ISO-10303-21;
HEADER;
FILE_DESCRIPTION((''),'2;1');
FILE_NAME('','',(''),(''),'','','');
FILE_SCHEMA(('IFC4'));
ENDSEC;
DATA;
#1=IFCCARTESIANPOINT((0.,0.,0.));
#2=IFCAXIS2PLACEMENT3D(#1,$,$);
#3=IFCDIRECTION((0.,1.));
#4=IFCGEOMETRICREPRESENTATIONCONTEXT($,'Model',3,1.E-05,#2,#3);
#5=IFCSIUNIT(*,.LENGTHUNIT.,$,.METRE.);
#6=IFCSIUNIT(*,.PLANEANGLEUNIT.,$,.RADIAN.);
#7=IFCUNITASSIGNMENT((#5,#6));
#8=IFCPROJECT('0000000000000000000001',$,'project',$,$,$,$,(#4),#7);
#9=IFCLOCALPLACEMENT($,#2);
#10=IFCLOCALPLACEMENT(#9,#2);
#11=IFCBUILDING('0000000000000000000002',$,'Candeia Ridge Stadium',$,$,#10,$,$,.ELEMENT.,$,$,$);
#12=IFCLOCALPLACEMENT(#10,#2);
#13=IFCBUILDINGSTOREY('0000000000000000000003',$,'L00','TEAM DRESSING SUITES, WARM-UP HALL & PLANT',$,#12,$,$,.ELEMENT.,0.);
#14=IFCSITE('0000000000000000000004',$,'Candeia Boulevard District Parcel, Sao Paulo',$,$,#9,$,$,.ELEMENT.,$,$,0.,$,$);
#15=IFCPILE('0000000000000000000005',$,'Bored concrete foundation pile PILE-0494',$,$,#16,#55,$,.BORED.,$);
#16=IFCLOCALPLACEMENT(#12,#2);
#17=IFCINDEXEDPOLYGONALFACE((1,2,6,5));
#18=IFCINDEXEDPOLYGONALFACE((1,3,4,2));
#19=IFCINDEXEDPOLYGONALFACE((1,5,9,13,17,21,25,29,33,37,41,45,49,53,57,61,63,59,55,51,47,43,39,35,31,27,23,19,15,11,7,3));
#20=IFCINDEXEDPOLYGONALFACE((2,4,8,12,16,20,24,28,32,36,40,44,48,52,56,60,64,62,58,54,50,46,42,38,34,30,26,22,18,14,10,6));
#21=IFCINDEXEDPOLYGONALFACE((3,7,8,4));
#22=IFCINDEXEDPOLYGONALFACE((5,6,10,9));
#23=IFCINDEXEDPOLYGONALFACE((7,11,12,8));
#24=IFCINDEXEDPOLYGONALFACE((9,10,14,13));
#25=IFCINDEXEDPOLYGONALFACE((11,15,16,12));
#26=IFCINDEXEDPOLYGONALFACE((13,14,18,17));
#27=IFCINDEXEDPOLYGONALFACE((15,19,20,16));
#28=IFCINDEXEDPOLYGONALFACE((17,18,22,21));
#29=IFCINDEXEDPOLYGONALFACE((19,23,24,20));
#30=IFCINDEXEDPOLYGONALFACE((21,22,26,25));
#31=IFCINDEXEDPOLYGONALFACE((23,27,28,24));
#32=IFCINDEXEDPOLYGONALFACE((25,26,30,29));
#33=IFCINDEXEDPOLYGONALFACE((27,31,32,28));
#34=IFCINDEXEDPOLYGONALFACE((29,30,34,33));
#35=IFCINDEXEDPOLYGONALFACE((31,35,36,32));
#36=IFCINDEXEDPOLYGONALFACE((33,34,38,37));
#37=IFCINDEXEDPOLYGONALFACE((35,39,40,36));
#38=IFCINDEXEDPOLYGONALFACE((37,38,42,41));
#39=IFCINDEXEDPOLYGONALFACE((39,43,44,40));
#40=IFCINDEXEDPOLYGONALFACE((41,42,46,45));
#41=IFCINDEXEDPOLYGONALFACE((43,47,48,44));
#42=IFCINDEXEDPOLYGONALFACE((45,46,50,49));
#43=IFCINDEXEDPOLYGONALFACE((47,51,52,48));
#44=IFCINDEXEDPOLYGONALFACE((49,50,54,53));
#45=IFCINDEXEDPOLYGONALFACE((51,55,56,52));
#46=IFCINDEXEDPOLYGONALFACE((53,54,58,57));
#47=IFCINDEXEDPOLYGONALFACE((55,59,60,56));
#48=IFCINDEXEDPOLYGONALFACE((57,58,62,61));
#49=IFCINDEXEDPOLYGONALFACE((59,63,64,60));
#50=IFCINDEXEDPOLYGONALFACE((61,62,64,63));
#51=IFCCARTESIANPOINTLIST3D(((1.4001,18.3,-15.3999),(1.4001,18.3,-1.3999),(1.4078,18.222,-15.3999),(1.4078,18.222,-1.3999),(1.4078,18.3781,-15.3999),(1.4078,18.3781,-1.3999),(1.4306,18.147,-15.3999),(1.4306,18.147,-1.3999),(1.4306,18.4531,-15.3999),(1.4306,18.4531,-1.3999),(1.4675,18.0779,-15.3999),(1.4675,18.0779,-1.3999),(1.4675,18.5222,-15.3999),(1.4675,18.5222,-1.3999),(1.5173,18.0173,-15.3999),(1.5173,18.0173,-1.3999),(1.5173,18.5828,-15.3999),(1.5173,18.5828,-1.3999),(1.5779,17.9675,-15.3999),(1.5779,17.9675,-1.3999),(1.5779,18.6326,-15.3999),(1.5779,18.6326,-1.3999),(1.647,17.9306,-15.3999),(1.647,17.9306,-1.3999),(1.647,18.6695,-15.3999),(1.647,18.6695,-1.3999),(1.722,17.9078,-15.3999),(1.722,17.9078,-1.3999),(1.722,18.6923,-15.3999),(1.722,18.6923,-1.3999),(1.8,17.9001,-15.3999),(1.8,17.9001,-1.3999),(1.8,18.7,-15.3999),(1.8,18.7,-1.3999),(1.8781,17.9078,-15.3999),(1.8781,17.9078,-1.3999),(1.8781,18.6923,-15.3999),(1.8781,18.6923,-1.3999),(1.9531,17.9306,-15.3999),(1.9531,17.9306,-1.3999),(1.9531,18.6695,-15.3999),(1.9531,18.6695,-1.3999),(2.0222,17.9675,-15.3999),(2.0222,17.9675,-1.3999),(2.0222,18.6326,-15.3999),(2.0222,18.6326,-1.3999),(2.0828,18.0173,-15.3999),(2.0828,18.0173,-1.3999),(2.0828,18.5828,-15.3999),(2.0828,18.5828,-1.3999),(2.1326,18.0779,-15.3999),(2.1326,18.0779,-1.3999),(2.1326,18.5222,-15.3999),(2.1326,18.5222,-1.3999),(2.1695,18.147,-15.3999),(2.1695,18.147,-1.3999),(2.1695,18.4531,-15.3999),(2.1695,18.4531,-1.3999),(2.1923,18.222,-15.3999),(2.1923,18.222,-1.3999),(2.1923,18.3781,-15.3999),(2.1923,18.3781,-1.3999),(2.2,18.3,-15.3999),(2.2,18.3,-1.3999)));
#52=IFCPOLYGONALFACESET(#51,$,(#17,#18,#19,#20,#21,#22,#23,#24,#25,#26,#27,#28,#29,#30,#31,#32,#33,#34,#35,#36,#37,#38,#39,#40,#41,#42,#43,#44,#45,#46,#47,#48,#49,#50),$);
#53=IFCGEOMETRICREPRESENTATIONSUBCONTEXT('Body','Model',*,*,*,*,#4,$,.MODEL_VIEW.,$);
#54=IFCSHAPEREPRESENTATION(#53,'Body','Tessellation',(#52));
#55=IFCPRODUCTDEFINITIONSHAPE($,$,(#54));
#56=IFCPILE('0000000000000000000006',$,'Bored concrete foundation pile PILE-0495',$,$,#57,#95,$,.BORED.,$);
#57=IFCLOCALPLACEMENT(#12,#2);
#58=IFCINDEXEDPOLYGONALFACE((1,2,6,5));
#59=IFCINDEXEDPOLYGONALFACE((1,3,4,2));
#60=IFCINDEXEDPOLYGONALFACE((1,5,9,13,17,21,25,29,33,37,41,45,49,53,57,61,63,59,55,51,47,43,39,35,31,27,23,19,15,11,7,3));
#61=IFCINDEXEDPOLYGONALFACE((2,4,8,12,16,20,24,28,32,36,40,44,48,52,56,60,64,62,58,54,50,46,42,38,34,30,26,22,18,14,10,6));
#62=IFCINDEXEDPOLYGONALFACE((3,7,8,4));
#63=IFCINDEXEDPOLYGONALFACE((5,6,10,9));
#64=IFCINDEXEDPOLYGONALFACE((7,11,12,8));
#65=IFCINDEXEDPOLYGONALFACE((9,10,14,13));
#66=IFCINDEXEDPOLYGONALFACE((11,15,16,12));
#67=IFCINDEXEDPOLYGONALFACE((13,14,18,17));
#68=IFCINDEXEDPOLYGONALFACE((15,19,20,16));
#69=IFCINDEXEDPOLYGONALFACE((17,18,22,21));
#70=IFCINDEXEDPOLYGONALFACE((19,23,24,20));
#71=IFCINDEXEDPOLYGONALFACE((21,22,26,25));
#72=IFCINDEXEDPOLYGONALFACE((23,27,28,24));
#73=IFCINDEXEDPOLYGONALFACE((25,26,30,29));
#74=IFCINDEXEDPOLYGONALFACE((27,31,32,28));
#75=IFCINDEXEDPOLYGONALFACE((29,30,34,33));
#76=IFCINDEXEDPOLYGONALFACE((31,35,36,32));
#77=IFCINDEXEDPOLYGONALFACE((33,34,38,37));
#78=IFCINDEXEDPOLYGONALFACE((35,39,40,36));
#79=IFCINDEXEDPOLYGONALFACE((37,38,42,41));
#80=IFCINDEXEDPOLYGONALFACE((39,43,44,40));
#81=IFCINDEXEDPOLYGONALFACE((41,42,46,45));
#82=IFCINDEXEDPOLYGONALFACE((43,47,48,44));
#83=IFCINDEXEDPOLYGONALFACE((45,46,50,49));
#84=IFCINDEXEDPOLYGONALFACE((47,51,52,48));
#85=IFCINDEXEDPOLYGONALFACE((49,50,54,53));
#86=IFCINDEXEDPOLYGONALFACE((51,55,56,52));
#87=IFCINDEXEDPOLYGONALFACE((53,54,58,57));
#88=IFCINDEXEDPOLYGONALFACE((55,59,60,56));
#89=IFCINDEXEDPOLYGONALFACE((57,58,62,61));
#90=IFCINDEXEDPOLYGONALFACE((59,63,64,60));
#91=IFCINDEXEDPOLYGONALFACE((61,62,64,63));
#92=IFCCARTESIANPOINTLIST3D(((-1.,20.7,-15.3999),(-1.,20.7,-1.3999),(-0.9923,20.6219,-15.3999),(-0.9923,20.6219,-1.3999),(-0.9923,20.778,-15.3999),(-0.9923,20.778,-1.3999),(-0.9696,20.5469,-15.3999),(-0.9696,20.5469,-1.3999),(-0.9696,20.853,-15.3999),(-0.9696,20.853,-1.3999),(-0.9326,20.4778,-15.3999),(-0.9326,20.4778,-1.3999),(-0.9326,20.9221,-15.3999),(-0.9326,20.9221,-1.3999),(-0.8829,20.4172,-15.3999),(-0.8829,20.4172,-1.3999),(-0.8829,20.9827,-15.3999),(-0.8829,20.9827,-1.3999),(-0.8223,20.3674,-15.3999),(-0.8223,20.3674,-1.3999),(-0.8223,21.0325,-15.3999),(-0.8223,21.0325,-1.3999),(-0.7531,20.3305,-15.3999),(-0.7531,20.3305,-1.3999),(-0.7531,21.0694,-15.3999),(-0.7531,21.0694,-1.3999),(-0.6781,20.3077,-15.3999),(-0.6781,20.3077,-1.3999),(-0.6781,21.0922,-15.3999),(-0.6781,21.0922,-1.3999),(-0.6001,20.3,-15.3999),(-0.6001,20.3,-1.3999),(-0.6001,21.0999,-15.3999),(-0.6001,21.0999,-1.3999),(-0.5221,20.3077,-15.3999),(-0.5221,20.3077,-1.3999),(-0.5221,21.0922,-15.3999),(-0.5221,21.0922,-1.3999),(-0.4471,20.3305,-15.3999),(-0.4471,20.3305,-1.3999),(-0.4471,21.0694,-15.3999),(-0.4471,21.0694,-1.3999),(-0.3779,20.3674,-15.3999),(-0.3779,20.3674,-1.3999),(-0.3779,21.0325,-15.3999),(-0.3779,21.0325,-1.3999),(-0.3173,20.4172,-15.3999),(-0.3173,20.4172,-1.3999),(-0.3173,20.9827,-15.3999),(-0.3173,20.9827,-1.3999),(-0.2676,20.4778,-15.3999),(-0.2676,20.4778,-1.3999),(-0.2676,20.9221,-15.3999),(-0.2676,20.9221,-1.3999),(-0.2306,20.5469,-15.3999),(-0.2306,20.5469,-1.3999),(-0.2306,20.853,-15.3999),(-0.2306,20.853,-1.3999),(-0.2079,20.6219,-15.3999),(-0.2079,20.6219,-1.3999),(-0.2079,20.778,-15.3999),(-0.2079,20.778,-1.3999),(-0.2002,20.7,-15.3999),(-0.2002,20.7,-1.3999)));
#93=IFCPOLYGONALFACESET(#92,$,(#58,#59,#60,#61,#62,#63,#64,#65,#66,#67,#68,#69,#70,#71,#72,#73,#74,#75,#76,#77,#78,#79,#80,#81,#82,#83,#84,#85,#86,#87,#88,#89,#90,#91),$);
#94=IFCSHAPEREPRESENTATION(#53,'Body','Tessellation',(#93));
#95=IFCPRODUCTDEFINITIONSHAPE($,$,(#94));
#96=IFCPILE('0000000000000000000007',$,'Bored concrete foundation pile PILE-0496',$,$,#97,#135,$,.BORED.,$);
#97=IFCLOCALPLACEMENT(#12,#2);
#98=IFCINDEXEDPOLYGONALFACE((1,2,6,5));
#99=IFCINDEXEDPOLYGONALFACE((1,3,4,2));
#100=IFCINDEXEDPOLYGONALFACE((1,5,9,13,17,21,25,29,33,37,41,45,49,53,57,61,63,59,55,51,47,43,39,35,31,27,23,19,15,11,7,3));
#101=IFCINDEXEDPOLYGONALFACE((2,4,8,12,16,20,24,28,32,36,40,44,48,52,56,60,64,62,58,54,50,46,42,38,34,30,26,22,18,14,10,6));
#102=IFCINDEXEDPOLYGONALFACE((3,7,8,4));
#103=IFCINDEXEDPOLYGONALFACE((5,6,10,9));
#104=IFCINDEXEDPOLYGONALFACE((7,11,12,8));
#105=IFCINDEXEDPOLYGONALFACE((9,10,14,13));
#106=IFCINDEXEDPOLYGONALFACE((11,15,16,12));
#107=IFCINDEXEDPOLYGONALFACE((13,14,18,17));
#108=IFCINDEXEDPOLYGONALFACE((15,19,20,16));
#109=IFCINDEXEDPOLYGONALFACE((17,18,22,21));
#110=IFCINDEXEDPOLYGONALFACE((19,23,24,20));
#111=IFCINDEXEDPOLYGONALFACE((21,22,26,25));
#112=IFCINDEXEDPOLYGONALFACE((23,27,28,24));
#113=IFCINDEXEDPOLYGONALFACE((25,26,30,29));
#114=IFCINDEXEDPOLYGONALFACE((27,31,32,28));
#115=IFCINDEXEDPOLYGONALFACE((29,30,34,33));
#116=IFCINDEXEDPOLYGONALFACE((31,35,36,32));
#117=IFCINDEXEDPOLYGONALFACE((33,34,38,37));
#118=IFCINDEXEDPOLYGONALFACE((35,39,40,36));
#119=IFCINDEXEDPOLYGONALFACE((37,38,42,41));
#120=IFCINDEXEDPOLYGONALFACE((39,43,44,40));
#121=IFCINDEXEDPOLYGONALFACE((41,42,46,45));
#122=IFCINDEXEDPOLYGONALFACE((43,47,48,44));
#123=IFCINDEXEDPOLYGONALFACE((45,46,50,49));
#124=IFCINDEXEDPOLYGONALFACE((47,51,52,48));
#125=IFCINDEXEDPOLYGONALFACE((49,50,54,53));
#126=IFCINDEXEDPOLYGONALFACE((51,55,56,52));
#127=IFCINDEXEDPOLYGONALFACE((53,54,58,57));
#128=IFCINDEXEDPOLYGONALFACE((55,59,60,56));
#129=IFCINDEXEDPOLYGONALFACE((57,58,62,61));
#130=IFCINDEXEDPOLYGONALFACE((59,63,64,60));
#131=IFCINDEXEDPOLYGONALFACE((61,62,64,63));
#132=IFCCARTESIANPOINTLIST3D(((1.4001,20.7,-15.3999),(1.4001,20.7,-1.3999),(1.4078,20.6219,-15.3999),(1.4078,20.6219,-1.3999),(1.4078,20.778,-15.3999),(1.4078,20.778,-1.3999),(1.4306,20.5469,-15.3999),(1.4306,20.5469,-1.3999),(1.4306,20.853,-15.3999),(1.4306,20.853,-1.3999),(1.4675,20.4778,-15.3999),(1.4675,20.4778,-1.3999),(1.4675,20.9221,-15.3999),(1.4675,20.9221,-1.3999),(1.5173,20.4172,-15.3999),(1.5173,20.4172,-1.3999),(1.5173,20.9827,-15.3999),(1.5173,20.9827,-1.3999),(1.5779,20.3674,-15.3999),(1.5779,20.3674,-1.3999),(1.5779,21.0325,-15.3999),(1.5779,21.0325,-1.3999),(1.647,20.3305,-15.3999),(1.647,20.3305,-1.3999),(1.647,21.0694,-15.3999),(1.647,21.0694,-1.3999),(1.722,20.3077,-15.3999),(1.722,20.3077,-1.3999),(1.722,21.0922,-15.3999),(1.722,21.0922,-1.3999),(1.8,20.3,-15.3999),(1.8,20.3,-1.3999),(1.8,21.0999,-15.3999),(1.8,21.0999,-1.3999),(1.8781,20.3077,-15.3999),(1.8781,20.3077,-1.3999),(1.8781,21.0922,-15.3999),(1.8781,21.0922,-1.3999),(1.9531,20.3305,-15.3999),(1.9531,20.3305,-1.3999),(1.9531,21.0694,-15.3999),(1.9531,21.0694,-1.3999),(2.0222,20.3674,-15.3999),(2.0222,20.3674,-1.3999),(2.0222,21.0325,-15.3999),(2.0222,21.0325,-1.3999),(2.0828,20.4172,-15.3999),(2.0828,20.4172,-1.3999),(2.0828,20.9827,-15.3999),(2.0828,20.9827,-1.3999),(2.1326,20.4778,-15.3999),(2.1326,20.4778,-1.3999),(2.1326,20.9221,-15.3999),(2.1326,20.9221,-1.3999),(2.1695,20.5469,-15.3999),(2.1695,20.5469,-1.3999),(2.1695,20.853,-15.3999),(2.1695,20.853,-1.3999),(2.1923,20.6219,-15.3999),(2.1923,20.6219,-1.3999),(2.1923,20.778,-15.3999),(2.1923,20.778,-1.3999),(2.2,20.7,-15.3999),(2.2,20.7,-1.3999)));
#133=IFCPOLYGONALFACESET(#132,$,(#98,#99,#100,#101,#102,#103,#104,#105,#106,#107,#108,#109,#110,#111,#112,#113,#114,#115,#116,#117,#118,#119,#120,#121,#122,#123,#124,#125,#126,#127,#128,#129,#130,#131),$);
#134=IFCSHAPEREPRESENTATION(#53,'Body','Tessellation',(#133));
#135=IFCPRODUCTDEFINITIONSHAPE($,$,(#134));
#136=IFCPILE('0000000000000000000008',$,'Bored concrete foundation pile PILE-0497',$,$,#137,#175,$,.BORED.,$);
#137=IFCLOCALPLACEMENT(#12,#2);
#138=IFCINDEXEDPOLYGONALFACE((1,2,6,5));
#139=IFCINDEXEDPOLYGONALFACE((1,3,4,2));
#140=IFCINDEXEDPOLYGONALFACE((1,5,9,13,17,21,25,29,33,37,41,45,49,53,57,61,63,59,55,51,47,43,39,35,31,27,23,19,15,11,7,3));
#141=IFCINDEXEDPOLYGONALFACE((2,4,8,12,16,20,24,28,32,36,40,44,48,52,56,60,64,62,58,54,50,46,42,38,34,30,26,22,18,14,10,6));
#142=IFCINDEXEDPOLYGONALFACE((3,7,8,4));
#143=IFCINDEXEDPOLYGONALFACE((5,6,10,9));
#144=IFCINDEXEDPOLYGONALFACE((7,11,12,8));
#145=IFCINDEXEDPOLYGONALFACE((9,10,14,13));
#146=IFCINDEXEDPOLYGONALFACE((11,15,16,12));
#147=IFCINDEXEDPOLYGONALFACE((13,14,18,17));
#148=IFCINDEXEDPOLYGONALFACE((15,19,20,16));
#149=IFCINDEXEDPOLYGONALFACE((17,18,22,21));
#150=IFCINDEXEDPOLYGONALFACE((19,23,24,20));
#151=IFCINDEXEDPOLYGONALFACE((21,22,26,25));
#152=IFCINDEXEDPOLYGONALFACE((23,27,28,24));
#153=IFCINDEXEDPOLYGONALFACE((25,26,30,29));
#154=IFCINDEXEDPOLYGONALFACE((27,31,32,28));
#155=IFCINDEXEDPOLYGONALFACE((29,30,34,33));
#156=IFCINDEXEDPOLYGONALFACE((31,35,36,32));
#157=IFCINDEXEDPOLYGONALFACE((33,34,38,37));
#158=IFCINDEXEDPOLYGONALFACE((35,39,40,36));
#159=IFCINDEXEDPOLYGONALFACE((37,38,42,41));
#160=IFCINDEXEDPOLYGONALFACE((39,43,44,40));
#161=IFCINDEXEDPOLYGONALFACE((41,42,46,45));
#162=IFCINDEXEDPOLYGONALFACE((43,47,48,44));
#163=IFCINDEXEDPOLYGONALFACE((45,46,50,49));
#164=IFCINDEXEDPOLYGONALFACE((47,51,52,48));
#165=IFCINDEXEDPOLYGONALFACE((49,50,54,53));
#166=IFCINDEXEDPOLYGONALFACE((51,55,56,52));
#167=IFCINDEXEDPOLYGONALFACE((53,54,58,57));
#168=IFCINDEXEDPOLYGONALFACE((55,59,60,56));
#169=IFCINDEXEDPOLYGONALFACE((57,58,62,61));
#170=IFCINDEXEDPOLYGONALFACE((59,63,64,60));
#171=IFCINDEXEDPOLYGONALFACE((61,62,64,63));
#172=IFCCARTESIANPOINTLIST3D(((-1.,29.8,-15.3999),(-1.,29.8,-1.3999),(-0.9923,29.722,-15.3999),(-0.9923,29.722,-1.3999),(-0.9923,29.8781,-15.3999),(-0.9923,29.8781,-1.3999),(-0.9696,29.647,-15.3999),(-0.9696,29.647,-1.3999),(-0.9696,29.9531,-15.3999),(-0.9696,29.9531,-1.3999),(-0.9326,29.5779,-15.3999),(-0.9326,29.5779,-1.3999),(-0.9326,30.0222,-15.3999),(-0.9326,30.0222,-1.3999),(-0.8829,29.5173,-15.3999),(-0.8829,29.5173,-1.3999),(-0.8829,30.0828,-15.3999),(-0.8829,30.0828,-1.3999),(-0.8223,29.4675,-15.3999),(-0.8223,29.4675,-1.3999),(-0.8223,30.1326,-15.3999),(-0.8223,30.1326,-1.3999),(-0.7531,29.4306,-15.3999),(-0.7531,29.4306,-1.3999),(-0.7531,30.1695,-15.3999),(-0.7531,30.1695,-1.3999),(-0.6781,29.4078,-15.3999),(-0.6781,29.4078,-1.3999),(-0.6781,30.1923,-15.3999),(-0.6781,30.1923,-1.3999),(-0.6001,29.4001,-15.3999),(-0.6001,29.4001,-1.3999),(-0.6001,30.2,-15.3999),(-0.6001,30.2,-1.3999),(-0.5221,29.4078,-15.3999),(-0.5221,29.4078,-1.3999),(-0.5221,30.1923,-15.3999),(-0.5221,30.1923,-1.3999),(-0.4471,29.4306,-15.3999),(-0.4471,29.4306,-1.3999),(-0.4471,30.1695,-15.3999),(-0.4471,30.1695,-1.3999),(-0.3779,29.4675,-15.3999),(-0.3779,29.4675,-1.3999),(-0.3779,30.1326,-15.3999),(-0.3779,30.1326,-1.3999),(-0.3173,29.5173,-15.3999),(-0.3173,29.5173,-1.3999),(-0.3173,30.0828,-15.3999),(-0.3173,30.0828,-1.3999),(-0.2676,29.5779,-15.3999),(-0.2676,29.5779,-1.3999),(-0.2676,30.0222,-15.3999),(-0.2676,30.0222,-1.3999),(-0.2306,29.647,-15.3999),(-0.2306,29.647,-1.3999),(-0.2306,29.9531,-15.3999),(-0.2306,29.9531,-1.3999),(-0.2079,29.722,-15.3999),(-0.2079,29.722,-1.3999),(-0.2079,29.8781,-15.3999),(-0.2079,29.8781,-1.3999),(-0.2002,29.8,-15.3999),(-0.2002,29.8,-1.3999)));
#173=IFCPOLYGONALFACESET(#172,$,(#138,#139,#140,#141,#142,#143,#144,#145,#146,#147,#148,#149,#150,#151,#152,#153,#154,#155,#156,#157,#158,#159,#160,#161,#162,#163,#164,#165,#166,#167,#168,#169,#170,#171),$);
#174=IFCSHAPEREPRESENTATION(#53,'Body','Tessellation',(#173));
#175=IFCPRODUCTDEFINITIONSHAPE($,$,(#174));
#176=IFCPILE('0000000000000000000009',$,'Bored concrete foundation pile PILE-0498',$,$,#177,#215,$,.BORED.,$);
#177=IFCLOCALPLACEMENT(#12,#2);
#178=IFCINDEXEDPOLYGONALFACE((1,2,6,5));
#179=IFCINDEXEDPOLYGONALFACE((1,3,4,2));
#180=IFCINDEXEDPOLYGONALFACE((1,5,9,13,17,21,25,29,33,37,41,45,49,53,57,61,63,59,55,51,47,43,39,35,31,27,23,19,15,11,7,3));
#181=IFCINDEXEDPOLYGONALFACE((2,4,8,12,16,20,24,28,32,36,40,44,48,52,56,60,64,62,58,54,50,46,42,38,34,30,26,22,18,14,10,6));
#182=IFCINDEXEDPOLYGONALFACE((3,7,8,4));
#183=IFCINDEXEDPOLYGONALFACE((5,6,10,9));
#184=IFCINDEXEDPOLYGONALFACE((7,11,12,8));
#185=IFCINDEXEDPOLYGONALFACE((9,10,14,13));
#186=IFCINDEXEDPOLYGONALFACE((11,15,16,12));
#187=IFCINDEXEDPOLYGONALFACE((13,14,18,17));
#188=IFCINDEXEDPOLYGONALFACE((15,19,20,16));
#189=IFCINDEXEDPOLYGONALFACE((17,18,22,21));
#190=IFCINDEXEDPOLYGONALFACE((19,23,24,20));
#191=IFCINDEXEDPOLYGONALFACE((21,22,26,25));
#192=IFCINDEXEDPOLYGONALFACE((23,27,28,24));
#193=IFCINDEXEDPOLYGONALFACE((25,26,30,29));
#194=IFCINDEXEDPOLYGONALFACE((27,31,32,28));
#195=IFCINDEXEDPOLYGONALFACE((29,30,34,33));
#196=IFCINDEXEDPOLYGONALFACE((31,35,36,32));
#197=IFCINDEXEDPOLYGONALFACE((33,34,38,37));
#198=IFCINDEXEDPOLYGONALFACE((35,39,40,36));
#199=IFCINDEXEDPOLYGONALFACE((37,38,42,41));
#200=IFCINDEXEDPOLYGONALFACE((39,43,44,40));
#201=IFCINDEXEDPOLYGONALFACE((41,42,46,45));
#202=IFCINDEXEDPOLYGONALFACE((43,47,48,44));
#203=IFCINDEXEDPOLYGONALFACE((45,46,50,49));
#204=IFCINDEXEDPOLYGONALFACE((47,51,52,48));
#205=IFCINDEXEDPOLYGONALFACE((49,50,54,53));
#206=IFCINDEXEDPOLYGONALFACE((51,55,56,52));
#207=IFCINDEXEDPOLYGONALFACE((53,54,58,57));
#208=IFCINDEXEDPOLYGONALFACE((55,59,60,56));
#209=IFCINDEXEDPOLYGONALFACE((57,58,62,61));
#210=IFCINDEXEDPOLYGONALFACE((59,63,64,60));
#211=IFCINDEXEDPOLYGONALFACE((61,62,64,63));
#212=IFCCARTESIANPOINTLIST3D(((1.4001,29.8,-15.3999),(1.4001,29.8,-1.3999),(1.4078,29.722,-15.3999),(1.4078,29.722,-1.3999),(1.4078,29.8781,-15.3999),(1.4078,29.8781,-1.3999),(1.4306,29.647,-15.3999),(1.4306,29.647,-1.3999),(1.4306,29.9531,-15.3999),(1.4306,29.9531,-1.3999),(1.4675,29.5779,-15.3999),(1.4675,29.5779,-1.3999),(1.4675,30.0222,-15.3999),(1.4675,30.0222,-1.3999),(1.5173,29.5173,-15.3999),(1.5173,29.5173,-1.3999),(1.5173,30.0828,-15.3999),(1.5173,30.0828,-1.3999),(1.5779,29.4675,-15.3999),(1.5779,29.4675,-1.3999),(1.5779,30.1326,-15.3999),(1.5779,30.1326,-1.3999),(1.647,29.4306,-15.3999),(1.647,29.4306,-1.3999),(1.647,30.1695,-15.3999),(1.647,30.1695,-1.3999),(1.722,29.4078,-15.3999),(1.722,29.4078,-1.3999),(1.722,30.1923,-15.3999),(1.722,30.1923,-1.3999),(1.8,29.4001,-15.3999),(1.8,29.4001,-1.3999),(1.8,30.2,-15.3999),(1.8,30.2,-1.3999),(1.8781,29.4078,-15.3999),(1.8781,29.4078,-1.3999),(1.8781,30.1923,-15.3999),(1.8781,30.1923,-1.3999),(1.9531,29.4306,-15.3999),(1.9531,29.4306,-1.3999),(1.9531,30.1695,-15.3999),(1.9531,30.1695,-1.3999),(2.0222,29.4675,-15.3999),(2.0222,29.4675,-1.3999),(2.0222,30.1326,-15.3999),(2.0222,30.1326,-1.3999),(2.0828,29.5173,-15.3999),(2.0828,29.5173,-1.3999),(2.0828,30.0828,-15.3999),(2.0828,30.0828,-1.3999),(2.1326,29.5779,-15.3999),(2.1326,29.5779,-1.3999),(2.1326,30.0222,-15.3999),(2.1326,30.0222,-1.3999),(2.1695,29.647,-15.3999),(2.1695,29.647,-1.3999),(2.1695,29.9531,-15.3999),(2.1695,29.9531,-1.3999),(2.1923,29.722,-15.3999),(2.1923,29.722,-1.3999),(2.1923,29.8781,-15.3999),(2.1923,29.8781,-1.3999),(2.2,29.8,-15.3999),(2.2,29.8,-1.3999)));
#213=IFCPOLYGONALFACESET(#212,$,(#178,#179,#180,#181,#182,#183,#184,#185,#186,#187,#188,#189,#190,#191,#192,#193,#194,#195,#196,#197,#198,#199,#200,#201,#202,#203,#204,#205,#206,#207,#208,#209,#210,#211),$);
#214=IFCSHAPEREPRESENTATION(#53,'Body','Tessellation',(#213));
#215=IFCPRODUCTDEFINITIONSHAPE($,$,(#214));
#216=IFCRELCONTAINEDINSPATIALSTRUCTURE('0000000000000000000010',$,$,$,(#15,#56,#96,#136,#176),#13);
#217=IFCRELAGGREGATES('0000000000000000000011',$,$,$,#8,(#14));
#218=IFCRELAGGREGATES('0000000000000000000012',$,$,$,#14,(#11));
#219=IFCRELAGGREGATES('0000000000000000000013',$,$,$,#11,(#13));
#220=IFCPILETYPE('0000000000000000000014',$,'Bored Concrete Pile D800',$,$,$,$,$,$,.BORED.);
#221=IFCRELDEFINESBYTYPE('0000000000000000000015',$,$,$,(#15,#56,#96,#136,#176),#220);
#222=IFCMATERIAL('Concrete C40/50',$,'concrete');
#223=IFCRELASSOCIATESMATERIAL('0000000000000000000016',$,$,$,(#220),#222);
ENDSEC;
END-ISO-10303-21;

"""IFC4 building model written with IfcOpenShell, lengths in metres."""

from ifc_helpers import new_model, si_unit, direction, frame, origin, origin_2d, place, context, subcontext, project, spatial, circle, extrude, material, material_profile, profile_set, type_object, element, save


model = new_model("IFC4")

# Units and contexts
model_context = context("Model", 3, precision=1e-05, world=origin(), true_north=direction((0.0, 1.0)))
body_context = subcontext(model_context, "Body", "Model", "MODEL_VIEW")
ifc_project = project(units=[si_unit("LENGTHUNIT", "METRE"), si_unit("PLANEANGLEUNIT", "RADIAN")], contexts=[model_context])

# Site, building, storey
site_placement = place(None, origin())
site = spatial("IfcSite", under=ifc_project, at=site_placement, Name="Candeia Boulevard District Parcel, Sao Paulo", CompositionType="ELEMENT", RefElevation=0.0)
building_placement = place(site_placement, origin())
building = spatial("IfcBuilding", under=site, at=building_placement, Name="Candeia Ridge Stadium", CompositionType="ELEMENT")
storey_placement = place(building_placement, origin())
storey = spatial("IfcBuildingStorey", under=building, at=storey_placement, Name="L00", Description="TEAM DRESSING SUITES, WARM-UP HALL & PLANT", CompositionType="ELEMENT", Elevation=0.0)

# Piles
ifc_material_1 = material(Name="Concrete C40/50", Category="concrete")
ifc_material_profile_1 = material_profile(ifc_material_1, circle(Radius=0.3999, at=origin_2d()), Name="PILE-D800", Category="concrete")
ifc_profile_set_1 = profile_set([ifc_material_profile_1], Name="Concrete C40/50")
pile_type = type_object("IfcPileType", Name="Bored Concrete Pile D800", PredefinedType="BORED", material=ifc_profile_set_1)
for number, where, z_axis, x_axis, name in (
    (1, (1.8, 18.3, -1.3999), (0.0, 0.0, -1.0), (1.0, 0.0, 0.0), "Bored concrete foundation pile PILE-0494"),
    (2, (-0.6001, 20.7, -1.3999), (0.0, 0.0, -1.0), (1.0, 0.0, 0.0), "Bored concrete foundation pile PILE-0495"),
    (3, (1.8, 20.7, -1.3999), (0.0, 0.0, -1.0), (1.0, 0.0, 0.0), "Bored concrete foundation pile PILE-0496"),
    (4, (-0.6001, 29.8, -1.3999), (0.0, 0.0, -1.0), (1.0, 0.0, 0.0), "Bored concrete foundation pile PILE-0497"),
    (5, (1.8, 29.8, -1.3999), (0.0, 0.0, -1.0), (1.0, 0.0, 0.0), "Bored concrete foundation pile PILE-0498"),
):
    element("IfcPile", number, at=place(storey_placement, frame(where, z_axis=z_axis, x_axis=x_axis)), inside=storey, type_object=pile_type, Name=name, PredefinedType="BORED", context=body_context, shape_type="SweptSolid", body=[
        extrude(circle(Radius=0.3999, at=origin_2d()), origin(), (0.0, 0.0, 1.0), 14.0),
    ])

save(model, "model.ifc")
